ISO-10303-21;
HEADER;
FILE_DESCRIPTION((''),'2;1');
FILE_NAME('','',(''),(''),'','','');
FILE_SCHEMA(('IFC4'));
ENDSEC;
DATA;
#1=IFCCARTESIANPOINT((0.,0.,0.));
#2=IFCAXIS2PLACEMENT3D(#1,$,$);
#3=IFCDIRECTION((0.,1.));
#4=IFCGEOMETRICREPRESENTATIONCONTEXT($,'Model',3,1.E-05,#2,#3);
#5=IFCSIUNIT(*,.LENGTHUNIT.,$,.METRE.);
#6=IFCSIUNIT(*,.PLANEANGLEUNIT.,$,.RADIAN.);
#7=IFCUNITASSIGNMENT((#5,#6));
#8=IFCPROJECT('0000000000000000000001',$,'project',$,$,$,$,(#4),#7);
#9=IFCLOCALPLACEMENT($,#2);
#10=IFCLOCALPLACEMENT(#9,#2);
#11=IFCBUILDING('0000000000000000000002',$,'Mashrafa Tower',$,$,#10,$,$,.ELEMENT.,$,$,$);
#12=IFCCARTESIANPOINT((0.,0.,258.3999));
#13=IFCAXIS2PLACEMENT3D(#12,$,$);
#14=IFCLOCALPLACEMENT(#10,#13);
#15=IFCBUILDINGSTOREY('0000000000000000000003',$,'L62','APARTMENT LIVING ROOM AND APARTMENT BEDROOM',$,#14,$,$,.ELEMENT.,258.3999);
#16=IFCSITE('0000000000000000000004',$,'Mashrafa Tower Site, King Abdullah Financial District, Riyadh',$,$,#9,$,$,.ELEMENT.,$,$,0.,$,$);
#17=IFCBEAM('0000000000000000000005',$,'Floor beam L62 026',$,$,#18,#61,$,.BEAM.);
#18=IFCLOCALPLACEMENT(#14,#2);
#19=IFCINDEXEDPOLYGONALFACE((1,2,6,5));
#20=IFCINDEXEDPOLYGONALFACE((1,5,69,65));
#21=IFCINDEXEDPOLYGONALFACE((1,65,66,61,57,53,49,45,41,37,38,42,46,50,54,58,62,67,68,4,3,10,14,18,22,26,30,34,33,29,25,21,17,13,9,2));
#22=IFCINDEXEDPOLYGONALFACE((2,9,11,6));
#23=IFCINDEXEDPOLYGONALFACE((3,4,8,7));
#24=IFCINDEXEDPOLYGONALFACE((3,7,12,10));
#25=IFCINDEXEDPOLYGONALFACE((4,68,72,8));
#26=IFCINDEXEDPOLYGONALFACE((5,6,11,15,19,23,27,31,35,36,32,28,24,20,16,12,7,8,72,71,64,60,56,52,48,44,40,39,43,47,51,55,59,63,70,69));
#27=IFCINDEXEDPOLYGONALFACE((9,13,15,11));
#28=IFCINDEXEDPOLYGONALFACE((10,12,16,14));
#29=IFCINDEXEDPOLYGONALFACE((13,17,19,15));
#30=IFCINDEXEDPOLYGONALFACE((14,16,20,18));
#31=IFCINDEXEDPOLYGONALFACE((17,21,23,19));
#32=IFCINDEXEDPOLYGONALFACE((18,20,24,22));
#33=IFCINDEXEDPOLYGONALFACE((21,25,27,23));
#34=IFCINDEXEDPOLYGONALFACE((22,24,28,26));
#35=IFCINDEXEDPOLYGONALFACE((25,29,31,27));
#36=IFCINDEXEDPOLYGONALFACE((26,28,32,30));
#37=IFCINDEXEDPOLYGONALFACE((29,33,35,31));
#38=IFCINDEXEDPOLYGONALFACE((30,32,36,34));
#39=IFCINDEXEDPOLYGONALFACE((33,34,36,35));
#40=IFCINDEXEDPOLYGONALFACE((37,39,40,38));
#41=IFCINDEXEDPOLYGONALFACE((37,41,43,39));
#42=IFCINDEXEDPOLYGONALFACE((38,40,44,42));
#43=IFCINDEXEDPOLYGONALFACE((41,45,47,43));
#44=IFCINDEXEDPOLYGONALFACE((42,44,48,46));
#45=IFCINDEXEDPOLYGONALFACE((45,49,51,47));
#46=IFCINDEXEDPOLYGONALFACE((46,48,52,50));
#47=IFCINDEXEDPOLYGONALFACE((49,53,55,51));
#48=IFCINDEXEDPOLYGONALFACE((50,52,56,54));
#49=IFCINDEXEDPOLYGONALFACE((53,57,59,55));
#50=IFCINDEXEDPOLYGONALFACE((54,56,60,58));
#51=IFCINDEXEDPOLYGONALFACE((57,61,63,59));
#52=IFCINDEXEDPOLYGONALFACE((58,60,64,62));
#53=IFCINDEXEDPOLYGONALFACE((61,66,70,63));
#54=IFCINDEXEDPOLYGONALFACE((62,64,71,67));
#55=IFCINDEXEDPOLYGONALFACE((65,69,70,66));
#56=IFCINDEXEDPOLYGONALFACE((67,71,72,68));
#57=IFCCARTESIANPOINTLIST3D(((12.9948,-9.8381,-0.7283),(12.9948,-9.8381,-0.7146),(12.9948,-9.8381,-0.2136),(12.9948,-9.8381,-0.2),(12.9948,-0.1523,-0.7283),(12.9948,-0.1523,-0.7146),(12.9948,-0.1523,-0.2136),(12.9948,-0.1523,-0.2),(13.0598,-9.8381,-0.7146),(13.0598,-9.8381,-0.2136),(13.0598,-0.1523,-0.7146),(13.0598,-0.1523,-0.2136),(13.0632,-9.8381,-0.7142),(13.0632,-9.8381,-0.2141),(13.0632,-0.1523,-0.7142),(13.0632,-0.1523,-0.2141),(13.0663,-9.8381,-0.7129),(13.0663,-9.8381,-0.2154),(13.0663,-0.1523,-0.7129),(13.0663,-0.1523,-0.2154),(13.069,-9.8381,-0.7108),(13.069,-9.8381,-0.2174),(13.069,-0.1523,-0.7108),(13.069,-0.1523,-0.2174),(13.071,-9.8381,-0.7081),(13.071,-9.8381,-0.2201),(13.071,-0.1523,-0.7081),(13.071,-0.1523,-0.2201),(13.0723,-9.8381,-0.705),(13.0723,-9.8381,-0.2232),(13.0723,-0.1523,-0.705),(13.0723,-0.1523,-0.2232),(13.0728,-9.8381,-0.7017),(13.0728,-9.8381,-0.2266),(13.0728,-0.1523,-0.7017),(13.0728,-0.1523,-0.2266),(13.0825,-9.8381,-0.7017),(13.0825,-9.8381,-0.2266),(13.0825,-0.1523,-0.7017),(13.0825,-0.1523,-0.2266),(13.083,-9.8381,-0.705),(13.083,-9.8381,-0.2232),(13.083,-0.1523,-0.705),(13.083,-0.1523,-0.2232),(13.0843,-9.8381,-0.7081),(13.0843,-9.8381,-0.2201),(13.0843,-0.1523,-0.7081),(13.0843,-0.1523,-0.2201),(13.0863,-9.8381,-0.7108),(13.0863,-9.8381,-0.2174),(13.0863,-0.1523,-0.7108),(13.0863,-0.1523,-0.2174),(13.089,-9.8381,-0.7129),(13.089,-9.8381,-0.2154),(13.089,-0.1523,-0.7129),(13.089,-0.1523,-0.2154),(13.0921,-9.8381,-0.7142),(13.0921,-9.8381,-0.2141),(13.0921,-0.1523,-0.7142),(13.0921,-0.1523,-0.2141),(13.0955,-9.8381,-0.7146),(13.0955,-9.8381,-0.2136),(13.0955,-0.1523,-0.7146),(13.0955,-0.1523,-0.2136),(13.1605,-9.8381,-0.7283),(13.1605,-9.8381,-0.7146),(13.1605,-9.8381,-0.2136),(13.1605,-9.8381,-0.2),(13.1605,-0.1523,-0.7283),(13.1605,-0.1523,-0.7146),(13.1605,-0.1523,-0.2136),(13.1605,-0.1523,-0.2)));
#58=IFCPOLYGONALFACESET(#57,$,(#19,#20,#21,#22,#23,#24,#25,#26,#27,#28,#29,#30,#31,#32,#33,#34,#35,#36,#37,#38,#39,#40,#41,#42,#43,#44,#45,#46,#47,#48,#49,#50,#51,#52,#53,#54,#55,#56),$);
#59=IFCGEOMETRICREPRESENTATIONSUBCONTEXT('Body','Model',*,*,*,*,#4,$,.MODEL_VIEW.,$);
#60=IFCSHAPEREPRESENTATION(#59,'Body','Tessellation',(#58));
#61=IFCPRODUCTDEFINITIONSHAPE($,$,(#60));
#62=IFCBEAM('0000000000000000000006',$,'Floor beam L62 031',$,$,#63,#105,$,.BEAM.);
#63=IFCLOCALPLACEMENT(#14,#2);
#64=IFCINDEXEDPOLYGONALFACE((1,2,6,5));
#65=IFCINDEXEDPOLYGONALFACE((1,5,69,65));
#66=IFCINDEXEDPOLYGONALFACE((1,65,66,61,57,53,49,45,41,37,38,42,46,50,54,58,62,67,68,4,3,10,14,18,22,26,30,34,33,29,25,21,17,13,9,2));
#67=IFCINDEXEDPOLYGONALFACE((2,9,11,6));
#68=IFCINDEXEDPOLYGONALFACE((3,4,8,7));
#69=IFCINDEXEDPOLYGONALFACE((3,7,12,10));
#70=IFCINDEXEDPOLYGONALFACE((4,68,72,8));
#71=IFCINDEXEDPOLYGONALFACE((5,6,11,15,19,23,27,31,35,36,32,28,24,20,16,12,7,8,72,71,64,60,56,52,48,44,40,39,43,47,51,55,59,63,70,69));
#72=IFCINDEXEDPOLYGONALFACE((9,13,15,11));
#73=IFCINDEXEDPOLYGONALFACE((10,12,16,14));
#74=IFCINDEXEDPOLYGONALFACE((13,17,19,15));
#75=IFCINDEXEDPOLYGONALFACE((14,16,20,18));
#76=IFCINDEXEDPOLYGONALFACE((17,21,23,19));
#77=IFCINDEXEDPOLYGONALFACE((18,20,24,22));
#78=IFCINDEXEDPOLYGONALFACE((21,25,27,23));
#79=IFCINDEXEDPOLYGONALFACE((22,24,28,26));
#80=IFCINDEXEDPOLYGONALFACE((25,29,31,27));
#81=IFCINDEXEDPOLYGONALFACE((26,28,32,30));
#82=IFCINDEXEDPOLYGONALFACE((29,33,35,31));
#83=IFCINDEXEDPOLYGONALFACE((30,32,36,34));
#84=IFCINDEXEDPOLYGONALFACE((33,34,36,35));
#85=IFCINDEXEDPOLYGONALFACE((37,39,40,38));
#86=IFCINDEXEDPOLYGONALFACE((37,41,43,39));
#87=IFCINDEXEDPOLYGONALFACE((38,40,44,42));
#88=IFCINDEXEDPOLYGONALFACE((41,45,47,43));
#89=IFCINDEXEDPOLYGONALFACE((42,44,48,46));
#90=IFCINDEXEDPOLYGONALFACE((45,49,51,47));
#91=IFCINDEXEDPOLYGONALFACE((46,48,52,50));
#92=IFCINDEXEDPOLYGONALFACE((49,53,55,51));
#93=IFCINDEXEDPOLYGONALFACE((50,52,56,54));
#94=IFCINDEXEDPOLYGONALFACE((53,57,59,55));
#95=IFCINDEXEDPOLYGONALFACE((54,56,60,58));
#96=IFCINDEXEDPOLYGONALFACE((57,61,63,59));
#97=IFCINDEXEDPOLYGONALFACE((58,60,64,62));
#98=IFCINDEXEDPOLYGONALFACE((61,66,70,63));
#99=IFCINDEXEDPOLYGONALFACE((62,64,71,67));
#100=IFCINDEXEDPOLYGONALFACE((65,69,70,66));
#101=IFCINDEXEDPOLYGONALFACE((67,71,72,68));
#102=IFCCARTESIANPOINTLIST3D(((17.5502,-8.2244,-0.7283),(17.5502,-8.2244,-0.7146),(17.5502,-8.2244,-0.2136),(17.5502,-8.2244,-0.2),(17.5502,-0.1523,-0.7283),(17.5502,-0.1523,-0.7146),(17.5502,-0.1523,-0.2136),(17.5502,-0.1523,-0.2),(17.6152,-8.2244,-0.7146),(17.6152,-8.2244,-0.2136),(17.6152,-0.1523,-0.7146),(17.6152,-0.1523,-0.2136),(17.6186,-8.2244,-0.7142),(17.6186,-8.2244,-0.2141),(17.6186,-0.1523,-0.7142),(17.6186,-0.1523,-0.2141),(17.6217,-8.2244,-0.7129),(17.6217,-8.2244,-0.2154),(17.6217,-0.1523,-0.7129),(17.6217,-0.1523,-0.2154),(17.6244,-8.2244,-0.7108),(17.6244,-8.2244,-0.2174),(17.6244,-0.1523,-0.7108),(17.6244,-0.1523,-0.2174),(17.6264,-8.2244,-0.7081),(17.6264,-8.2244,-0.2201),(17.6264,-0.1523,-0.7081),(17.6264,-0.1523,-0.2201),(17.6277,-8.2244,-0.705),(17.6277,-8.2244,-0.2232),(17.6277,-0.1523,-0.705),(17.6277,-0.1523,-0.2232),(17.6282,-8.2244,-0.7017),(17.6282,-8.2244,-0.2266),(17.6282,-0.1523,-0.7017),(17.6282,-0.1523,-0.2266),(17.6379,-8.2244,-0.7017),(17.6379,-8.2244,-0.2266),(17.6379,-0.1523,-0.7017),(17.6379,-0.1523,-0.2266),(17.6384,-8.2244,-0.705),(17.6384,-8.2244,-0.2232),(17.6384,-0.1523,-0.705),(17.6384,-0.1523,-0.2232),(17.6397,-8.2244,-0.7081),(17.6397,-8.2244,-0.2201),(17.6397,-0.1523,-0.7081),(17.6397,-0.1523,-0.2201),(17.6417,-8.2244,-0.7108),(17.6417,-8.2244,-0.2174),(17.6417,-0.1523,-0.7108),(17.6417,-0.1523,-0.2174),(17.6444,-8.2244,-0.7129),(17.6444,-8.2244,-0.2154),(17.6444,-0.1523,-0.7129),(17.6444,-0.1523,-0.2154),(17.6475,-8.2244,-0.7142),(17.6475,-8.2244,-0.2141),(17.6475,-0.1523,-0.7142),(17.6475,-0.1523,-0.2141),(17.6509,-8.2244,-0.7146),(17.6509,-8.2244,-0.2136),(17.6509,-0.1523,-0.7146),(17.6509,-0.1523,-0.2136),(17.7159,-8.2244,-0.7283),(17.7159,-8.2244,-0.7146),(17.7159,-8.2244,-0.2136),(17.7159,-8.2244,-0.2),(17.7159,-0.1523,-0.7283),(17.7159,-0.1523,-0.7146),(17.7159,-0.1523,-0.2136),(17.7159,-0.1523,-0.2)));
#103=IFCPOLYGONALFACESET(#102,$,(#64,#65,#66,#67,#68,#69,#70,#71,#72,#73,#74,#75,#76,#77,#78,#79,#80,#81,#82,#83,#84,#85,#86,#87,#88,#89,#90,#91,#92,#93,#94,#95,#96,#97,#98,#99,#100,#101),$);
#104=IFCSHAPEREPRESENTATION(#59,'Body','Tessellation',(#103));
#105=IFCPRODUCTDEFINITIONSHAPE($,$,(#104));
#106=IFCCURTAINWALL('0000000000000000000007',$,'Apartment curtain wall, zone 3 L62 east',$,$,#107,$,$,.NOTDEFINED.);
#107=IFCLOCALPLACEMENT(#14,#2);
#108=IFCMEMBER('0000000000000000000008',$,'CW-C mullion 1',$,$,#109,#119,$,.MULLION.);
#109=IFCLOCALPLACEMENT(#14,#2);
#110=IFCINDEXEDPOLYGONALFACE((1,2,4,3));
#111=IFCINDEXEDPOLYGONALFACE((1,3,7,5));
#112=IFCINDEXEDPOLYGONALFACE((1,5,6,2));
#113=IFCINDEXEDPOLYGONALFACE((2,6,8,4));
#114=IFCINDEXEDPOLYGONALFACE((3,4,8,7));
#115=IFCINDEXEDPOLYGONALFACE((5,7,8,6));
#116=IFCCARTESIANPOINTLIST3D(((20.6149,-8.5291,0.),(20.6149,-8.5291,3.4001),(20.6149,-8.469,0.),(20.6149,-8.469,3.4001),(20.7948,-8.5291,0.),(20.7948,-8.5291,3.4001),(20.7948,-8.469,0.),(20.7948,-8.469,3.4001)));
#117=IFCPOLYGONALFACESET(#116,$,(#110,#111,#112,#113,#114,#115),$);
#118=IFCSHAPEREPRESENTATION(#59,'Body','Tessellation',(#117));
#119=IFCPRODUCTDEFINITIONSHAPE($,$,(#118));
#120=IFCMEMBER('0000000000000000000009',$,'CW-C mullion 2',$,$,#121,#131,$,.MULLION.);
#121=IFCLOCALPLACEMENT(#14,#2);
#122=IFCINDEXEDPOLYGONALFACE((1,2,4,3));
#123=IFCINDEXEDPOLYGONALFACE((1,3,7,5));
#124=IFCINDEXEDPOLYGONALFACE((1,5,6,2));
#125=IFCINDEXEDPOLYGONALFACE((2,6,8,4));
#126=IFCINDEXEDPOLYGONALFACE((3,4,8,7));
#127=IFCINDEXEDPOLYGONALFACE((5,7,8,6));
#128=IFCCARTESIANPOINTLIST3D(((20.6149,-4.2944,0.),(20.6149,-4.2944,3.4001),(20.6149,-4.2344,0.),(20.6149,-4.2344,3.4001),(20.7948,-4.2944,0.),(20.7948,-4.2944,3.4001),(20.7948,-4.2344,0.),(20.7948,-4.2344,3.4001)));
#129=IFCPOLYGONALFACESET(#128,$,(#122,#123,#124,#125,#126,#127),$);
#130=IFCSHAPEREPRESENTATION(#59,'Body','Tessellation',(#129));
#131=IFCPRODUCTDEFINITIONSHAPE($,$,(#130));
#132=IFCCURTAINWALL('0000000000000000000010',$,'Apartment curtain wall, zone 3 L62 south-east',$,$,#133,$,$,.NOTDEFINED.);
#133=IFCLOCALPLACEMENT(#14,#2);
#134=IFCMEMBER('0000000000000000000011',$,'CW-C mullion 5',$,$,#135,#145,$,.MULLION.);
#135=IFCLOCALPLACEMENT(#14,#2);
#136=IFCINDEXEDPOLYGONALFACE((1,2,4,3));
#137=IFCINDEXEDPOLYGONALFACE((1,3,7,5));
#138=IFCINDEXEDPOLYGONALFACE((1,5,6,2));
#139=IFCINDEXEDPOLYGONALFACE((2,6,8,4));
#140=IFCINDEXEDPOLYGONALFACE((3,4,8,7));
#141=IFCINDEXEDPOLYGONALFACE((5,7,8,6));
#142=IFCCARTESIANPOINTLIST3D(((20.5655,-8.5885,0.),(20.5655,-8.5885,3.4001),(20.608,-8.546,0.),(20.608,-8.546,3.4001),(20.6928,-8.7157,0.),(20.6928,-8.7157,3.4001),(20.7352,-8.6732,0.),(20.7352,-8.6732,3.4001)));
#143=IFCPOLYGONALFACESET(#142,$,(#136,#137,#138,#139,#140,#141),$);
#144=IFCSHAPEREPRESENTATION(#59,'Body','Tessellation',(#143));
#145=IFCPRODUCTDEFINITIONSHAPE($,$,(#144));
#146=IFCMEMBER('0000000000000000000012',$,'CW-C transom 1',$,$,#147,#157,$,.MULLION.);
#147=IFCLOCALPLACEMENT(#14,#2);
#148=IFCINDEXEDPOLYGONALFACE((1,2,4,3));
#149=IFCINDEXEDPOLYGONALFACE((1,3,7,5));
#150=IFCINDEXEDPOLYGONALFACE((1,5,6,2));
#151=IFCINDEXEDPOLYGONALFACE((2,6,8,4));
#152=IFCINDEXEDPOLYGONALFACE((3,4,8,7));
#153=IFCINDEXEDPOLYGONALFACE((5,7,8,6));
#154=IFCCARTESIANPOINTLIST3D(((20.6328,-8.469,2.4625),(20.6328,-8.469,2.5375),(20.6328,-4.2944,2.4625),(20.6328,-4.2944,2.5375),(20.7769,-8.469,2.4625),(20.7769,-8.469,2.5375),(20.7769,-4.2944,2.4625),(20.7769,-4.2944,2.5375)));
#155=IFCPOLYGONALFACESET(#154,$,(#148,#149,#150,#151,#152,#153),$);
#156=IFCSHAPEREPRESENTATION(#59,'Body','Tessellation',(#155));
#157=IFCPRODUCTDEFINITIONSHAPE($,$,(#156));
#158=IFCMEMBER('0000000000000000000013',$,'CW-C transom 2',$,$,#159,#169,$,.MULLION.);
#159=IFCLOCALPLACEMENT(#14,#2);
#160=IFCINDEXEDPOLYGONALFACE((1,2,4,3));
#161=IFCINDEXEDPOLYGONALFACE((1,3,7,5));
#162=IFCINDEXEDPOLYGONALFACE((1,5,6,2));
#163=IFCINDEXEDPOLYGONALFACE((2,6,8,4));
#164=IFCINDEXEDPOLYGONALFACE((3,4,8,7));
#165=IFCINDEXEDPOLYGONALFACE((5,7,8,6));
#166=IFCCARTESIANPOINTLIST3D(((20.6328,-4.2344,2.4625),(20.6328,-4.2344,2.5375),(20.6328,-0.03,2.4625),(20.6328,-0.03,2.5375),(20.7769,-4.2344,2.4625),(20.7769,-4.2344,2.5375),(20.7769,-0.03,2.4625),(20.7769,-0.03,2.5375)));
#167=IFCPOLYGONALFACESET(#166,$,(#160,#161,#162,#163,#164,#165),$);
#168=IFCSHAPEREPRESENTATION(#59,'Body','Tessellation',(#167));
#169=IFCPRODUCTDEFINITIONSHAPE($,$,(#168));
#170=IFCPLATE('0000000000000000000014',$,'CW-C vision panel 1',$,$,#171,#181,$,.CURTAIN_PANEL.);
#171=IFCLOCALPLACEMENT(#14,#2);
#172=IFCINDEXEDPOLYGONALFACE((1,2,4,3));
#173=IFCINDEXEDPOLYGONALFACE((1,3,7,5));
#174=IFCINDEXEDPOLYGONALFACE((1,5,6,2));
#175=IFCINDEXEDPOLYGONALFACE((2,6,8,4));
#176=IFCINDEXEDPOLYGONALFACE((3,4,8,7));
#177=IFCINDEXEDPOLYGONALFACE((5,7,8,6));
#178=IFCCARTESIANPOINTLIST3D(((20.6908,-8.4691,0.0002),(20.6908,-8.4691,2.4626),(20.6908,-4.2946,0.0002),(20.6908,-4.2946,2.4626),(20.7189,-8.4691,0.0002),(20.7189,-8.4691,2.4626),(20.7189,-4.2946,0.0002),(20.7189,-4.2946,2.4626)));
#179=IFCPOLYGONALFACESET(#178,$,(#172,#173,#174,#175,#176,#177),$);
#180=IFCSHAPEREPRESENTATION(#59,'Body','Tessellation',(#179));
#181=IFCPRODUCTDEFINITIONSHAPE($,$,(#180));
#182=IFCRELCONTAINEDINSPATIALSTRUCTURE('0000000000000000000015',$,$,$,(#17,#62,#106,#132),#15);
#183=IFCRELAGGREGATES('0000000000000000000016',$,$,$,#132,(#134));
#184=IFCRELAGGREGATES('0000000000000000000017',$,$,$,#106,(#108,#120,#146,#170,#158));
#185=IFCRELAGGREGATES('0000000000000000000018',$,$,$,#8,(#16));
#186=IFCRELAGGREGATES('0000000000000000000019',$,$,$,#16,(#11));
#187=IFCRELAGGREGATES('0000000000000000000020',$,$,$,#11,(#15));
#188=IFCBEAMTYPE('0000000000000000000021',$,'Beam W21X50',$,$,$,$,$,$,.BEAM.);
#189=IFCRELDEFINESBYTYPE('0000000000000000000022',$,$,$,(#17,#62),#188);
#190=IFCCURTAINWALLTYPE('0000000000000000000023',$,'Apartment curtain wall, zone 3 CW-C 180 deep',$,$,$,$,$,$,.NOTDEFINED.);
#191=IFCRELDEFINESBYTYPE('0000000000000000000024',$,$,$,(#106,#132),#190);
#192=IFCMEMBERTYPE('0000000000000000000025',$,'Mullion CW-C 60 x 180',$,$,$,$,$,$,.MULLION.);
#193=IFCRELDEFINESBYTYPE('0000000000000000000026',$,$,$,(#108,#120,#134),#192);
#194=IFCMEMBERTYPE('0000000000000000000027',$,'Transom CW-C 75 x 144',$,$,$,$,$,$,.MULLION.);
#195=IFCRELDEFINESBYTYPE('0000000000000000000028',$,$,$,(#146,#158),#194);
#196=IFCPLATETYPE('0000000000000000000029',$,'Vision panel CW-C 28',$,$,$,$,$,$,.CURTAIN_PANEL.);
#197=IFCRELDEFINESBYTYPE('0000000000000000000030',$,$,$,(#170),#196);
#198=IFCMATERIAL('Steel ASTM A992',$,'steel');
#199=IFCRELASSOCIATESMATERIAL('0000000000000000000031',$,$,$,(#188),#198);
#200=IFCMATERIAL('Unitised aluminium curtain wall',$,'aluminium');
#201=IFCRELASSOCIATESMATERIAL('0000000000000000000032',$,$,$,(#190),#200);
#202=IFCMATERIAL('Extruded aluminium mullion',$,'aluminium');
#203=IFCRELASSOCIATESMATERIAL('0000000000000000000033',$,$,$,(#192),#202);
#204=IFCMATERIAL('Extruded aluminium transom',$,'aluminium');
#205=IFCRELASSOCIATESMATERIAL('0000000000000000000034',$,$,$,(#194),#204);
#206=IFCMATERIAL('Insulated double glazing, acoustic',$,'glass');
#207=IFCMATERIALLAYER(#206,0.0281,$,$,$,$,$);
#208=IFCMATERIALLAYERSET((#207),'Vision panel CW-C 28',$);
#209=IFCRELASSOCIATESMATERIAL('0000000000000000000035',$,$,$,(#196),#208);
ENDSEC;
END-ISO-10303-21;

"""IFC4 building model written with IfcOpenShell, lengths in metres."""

from ifc_helpers import new_model, si_unit, direction, frame, origin, origin_2d, place, context, subcontext, project, spatial, rectangle, i_section, extrude, source, transform, mapped, material, layer, layer_set, material_profile, profile_set, type_object, type_shapes, element, aggregate, save


model = new_model("IFC4")

# Units and contexts
model_context = context("Model", 3, precision=1e-05, world=origin(), true_north=direction((0.0, 1.0)))
body_context = subcontext(model_context, "Body", "Model", "MODEL_VIEW")
ifc_project = project(units=[si_unit("LENGTHUNIT", "METRE"), si_unit("PLANEANGLEUNIT", "RADIAN")], contexts=[model_context])

# Site, building, storey
site_placement = place(None, origin())
site = spatial("IfcSite", under=ifc_project, at=site_placement, Name="Mashrafa Tower Site, King Abdullah Financial District, Riyadh", CompositionType="ELEMENT", RefElevation=0.0)
building_placement = place(site_placement, origin())
building = spatial("IfcBuilding", under=site, at=building_placement, Name="Mashrafa Tower", CompositionType="ELEMENT")
storey_placement = place(building_placement, frame((0.0, 0.0, 258.3999)))
storey = spatial("IfcBuildingStorey", under=building, at=storey_placement, Name="L62", Description="APARTMENT LIVING ROOM AND APARTMENT BEDROOM", CompositionType="ELEMENT", Elevation=258.3999)

# Beams
ifc_material_1 = material(Name="Steel ASTM A992", Category="steel")
ifc_material_profile_1 = material_profile(ifc_material_1, i_section(OverallWidth=0.1658, OverallDepth=0.5283, WebThickness=0.0098, FlangeThickness=0.0137, FilletRadius=0.0129, at=origin_2d()), Name="W21X50")
ifc_profile_set_1 = profile_set([ifc_material_profile_1], Name="Steel ASTM A992")
beam_type_1 = type_object("IfcBeamType", Name="Beam W21X50", PredefinedType="BEAM", material=ifc_profile_set_1)
beam_1_placement = place(storey_placement, frame((13.0776, -0.1523, -0.4641), z_axis=(0.0, -1.0, 0.0), x_axis=(1.0, 0.0, 0.0)))
element("IfcBeam", 1, at=beam_1_placement, inside=storey, type_object=beam_type_1, Name="Floor beam L62 026", PredefinedType="BEAM", context=body_context, shape_type="SweptSolid", body=[
    extrude(i_section(OverallWidth=0.1658, OverallDepth=0.5283, WebThickness=0.0098, FlangeThickness=0.0137, FilletRadius=0.0129, at=origin_2d()), origin(), (0.0, 0.0, 1.0), 9.6858),
])
beam_2_placement = place(storey_placement, frame((17.6331, -0.1523, -0.4641), z_axis=(0.0, -1.0, 0.0), x_axis=(1.0, 0.0, 0.0)))
element("IfcBeam", 2, at=beam_2_placement, inside=storey, type_object=beam_type_1, Name="Floor beam L62 031", PredefinedType="BEAM", context=body_context, shape_type="SweptSolid", body=[
    extrude(i_section(OverallWidth=0.1658, OverallDepth=0.5283, WebThickness=0.0098, FlangeThickness=0.0137, FilletRadius=0.0129, at=origin_2d()), origin(), (0.0, 0.0, 1.0), 8.072),
])

# Curtain wall, members
ifc_material_2 = material(Name="Unitised aluminium curtain wall", Category="aluminium")
curtain_wall_type = type_object("IfcCurtainWallType", Name="Apartment curtain wall, zone 3 CW-C 180 deep", PredefinedType="NOTDEFINED", material=ifc_material_2)
curtain_wall_1_placement = place(storey_placement, origin())
curtain_wall_1 = element("IfcCurtainWall", 3, at=curtain_wall_1_placement, inside=storey, type_object=curtain_wall_type, Name="Apartment curtain wall, zone 3 L62 east", PredefinedType="NOTDEFINED")
ifc_material_3 = material(Name="Extruded aluminium mullion", Category="aluminium")
ifc_material_profile_2 = material_profile(ifc_material_3, rectangle(XDim=0.1799, YDim=0.0601, at=origin_2d()), Name="Mullion 60x180")
ifc_profile_set_2 = profile_set([ifc_material_profile_2], Name="Extruded aluminium mullion")
member_type_1 = type_object("IfcMemberType", Name="Mullion CW-C 60 x 180", PredefinedType="MULLION", material=ifc_profile_set_2)
shared_shape_1 = source(origin(), body_context, "Body", "SweptSolid", [
    extrude(rectangle(XDim=0.1799, YDim=0.0601, at=origin_2d()), origin(), (0.0, 0.0, 1.0), 3.4001),
])
type_shapes(member_type_1, [shared_shape_1])
member_1_placement = place(storey_placement, frame((20.7048, -8.499, 0.0), z_axis=(0.0, 0.0, 1.0), x_axis=(-1.0, 0.0, 0.0)))
member_1 = element("IfcMember", 4, at=member_1_placement, type_object=member_type_1, Name="CW-C mullion 1", PredefinedType="MULLION", context=body_context, shape_type="MappedRepresentation", body=[
    mapped(shared_shape_1, transform((0.0, 0.0, 0.0))),
])
member_2_placement = place(storey_placement, frame((20.7048, -4.2644, 0.0), z_axis=(0.0, 0.0, 1.0), x_axis=(-1.0, 0.0, 0.0)))
member_2 = element("IfcMember", 5, at=member_2_placement, type_object=member_type_1, Name="CW-C mullion 2", PredefinedType="MULLION", context=body_context, shape_type="MappedRepresentation", body=[
    mapped(shared_shape_1, transform((0.0, 0.0, 0.0))),
])

# Curtain wall, member
curtain_wall_2_placement = place(storey_placement, origin())
curtain_wall_2 = element("IfcCurtainWall", 6, at=curtain_wall_2_placement, inside=storey, type_object=curtain_wall_type, Name="Apartment curtain wall, zone 3 L62 south-east", PredefinedType="NOTDEFINED")
member_3_placement = place(storey_placement, frame((20.6504, -8.6309, 0.0), z_axis=(0.0, 0.0, 1.0), x_axis=(-0.707107, 0.707107, 0.0)))
member_3 = element("IfcMember", 7, at=member_3_placement, type_object=member_type_1, Name="CW-C mullion 5", PredefinedType="MULLION", context=body_context, shape_type="MappedRepresentation", body=[
    mapped(shared_shape_1, transform((0.0, 0.0, 0.0))),
])
aggregate(curtain_wall_2, [member_3])

# Members
ifc_material_4 = material(Name="Extruded aluminium transom", Category="aluminium")
ifc_material_profile_3 = material_profile(ifc_material_4, rectangle(XDim=0.144, YDim=0.075, at=origin_2d()), Name="Transom 75x144")
ifc_profile_set_3 = profile_set([ifc_material_profile_3], Name="Extruded aluminium transom")
member_type_2 = type_object("IfcMemberType", Name="Transom CW-C 75 x 144", PredefinedType="MULLION", material=ifc_profile_set_3)
shared_shape_2 = source(origin(), body_context, "Body", "SweptSolid", [
    extrude(rectangle(XDim=0.144, YDim=0.075, at=origin_2d()), origin(), (0.0, 0.0, 1.0), 4.1746),
])
member_4_placement = place(storey_placement, frame((20.7048, -8.469, 2.5), z_axis=(0.0, 1.0, 0.0), x_axis=(-1.0, 0.0, 0.0)))
member_4 = element("IfcMember", 8, at=member_4_placement, type_object=member_type_2, Name="CW-C transom 1", PredefinedType="MULLION", context=body_context, shape_type="MappedRepresentation", body=[
    mapped(shared_shape_2, transform((0.0, 0.0, 0.0))),
])
shared_shape_3 = source(origin(), body_context, "Body", "SweptSolid", [
    extrude(rectangle(XDim=0.144, YDim=0.075, at=origin_2d()), origin(), (0.0, 0.0, 1.0), 4.2043),
])
type_shapes(member_type_2, [shared_shape_2, shared_shape_3])
member_5_placement = place(storey_placement, frame((20.7048, -4.2344, 2.5), z_axis=(0.0, 1.0, 0.0), x_axis=(-1.0, 0.0, 0.0)))
member_5 = element("IfcMember", 9, at=member_5_placement, type_object=member_type_2, Name="CW-C transom 2", PredefinedType="MULLION", context=body_context, shape_type="MappedRepresentation", body=[
    mapped(shared_shape_3, transform((0.0, 0.0, 0.0))),
])

# Plate
ifc_material_5 = material(Name="Insulated double glazing, acoustic", Category="glass")
ifc_layer_1 = layer(ifc_material_5, 0.0281)
ifc_layer_set_1 = layer_set([ifc_layer_1], Name="Vision panel CW-C 28")
plate_type_1 = type_object("IfcPlateType", Name="Vision panel CW-C 28", PredefinedType="CURTAIN_PANEL", material=ifc_layer_set_1)
shared_shape_4 = source(origin(), body_context, "Body", "SweptSolid", [
    extrude(rectangle(XDim=4.1746, YDim=0.0281, at=origin_2d()), origin(), (0.0, 0.0, 1.0), 2.4624),
])
plate_1_placement = place(storey_placement, frame((20.7048, -6.3818, 0.0002), z_axis=(0.0, 0.0, 1.0), x_axis=(0.0, 1.0, 0.0)))
plate_1 = element("IfcPlate", 10, at=plate_1_placement, type_object=plate_type_1, Name="CW-C vision panel 1", PredefinedType="CURTAIN_PANEL", context=body_context, shape_type="MappedRepresentation", body=[
    mapped(shared_shape_4, transform((0.0, 0.0, 0.0))),
])
aggregate(curtain_wall_1, [member_1, member_2, member_4, plate_1, member_5])

save(model, "model.ifc")
